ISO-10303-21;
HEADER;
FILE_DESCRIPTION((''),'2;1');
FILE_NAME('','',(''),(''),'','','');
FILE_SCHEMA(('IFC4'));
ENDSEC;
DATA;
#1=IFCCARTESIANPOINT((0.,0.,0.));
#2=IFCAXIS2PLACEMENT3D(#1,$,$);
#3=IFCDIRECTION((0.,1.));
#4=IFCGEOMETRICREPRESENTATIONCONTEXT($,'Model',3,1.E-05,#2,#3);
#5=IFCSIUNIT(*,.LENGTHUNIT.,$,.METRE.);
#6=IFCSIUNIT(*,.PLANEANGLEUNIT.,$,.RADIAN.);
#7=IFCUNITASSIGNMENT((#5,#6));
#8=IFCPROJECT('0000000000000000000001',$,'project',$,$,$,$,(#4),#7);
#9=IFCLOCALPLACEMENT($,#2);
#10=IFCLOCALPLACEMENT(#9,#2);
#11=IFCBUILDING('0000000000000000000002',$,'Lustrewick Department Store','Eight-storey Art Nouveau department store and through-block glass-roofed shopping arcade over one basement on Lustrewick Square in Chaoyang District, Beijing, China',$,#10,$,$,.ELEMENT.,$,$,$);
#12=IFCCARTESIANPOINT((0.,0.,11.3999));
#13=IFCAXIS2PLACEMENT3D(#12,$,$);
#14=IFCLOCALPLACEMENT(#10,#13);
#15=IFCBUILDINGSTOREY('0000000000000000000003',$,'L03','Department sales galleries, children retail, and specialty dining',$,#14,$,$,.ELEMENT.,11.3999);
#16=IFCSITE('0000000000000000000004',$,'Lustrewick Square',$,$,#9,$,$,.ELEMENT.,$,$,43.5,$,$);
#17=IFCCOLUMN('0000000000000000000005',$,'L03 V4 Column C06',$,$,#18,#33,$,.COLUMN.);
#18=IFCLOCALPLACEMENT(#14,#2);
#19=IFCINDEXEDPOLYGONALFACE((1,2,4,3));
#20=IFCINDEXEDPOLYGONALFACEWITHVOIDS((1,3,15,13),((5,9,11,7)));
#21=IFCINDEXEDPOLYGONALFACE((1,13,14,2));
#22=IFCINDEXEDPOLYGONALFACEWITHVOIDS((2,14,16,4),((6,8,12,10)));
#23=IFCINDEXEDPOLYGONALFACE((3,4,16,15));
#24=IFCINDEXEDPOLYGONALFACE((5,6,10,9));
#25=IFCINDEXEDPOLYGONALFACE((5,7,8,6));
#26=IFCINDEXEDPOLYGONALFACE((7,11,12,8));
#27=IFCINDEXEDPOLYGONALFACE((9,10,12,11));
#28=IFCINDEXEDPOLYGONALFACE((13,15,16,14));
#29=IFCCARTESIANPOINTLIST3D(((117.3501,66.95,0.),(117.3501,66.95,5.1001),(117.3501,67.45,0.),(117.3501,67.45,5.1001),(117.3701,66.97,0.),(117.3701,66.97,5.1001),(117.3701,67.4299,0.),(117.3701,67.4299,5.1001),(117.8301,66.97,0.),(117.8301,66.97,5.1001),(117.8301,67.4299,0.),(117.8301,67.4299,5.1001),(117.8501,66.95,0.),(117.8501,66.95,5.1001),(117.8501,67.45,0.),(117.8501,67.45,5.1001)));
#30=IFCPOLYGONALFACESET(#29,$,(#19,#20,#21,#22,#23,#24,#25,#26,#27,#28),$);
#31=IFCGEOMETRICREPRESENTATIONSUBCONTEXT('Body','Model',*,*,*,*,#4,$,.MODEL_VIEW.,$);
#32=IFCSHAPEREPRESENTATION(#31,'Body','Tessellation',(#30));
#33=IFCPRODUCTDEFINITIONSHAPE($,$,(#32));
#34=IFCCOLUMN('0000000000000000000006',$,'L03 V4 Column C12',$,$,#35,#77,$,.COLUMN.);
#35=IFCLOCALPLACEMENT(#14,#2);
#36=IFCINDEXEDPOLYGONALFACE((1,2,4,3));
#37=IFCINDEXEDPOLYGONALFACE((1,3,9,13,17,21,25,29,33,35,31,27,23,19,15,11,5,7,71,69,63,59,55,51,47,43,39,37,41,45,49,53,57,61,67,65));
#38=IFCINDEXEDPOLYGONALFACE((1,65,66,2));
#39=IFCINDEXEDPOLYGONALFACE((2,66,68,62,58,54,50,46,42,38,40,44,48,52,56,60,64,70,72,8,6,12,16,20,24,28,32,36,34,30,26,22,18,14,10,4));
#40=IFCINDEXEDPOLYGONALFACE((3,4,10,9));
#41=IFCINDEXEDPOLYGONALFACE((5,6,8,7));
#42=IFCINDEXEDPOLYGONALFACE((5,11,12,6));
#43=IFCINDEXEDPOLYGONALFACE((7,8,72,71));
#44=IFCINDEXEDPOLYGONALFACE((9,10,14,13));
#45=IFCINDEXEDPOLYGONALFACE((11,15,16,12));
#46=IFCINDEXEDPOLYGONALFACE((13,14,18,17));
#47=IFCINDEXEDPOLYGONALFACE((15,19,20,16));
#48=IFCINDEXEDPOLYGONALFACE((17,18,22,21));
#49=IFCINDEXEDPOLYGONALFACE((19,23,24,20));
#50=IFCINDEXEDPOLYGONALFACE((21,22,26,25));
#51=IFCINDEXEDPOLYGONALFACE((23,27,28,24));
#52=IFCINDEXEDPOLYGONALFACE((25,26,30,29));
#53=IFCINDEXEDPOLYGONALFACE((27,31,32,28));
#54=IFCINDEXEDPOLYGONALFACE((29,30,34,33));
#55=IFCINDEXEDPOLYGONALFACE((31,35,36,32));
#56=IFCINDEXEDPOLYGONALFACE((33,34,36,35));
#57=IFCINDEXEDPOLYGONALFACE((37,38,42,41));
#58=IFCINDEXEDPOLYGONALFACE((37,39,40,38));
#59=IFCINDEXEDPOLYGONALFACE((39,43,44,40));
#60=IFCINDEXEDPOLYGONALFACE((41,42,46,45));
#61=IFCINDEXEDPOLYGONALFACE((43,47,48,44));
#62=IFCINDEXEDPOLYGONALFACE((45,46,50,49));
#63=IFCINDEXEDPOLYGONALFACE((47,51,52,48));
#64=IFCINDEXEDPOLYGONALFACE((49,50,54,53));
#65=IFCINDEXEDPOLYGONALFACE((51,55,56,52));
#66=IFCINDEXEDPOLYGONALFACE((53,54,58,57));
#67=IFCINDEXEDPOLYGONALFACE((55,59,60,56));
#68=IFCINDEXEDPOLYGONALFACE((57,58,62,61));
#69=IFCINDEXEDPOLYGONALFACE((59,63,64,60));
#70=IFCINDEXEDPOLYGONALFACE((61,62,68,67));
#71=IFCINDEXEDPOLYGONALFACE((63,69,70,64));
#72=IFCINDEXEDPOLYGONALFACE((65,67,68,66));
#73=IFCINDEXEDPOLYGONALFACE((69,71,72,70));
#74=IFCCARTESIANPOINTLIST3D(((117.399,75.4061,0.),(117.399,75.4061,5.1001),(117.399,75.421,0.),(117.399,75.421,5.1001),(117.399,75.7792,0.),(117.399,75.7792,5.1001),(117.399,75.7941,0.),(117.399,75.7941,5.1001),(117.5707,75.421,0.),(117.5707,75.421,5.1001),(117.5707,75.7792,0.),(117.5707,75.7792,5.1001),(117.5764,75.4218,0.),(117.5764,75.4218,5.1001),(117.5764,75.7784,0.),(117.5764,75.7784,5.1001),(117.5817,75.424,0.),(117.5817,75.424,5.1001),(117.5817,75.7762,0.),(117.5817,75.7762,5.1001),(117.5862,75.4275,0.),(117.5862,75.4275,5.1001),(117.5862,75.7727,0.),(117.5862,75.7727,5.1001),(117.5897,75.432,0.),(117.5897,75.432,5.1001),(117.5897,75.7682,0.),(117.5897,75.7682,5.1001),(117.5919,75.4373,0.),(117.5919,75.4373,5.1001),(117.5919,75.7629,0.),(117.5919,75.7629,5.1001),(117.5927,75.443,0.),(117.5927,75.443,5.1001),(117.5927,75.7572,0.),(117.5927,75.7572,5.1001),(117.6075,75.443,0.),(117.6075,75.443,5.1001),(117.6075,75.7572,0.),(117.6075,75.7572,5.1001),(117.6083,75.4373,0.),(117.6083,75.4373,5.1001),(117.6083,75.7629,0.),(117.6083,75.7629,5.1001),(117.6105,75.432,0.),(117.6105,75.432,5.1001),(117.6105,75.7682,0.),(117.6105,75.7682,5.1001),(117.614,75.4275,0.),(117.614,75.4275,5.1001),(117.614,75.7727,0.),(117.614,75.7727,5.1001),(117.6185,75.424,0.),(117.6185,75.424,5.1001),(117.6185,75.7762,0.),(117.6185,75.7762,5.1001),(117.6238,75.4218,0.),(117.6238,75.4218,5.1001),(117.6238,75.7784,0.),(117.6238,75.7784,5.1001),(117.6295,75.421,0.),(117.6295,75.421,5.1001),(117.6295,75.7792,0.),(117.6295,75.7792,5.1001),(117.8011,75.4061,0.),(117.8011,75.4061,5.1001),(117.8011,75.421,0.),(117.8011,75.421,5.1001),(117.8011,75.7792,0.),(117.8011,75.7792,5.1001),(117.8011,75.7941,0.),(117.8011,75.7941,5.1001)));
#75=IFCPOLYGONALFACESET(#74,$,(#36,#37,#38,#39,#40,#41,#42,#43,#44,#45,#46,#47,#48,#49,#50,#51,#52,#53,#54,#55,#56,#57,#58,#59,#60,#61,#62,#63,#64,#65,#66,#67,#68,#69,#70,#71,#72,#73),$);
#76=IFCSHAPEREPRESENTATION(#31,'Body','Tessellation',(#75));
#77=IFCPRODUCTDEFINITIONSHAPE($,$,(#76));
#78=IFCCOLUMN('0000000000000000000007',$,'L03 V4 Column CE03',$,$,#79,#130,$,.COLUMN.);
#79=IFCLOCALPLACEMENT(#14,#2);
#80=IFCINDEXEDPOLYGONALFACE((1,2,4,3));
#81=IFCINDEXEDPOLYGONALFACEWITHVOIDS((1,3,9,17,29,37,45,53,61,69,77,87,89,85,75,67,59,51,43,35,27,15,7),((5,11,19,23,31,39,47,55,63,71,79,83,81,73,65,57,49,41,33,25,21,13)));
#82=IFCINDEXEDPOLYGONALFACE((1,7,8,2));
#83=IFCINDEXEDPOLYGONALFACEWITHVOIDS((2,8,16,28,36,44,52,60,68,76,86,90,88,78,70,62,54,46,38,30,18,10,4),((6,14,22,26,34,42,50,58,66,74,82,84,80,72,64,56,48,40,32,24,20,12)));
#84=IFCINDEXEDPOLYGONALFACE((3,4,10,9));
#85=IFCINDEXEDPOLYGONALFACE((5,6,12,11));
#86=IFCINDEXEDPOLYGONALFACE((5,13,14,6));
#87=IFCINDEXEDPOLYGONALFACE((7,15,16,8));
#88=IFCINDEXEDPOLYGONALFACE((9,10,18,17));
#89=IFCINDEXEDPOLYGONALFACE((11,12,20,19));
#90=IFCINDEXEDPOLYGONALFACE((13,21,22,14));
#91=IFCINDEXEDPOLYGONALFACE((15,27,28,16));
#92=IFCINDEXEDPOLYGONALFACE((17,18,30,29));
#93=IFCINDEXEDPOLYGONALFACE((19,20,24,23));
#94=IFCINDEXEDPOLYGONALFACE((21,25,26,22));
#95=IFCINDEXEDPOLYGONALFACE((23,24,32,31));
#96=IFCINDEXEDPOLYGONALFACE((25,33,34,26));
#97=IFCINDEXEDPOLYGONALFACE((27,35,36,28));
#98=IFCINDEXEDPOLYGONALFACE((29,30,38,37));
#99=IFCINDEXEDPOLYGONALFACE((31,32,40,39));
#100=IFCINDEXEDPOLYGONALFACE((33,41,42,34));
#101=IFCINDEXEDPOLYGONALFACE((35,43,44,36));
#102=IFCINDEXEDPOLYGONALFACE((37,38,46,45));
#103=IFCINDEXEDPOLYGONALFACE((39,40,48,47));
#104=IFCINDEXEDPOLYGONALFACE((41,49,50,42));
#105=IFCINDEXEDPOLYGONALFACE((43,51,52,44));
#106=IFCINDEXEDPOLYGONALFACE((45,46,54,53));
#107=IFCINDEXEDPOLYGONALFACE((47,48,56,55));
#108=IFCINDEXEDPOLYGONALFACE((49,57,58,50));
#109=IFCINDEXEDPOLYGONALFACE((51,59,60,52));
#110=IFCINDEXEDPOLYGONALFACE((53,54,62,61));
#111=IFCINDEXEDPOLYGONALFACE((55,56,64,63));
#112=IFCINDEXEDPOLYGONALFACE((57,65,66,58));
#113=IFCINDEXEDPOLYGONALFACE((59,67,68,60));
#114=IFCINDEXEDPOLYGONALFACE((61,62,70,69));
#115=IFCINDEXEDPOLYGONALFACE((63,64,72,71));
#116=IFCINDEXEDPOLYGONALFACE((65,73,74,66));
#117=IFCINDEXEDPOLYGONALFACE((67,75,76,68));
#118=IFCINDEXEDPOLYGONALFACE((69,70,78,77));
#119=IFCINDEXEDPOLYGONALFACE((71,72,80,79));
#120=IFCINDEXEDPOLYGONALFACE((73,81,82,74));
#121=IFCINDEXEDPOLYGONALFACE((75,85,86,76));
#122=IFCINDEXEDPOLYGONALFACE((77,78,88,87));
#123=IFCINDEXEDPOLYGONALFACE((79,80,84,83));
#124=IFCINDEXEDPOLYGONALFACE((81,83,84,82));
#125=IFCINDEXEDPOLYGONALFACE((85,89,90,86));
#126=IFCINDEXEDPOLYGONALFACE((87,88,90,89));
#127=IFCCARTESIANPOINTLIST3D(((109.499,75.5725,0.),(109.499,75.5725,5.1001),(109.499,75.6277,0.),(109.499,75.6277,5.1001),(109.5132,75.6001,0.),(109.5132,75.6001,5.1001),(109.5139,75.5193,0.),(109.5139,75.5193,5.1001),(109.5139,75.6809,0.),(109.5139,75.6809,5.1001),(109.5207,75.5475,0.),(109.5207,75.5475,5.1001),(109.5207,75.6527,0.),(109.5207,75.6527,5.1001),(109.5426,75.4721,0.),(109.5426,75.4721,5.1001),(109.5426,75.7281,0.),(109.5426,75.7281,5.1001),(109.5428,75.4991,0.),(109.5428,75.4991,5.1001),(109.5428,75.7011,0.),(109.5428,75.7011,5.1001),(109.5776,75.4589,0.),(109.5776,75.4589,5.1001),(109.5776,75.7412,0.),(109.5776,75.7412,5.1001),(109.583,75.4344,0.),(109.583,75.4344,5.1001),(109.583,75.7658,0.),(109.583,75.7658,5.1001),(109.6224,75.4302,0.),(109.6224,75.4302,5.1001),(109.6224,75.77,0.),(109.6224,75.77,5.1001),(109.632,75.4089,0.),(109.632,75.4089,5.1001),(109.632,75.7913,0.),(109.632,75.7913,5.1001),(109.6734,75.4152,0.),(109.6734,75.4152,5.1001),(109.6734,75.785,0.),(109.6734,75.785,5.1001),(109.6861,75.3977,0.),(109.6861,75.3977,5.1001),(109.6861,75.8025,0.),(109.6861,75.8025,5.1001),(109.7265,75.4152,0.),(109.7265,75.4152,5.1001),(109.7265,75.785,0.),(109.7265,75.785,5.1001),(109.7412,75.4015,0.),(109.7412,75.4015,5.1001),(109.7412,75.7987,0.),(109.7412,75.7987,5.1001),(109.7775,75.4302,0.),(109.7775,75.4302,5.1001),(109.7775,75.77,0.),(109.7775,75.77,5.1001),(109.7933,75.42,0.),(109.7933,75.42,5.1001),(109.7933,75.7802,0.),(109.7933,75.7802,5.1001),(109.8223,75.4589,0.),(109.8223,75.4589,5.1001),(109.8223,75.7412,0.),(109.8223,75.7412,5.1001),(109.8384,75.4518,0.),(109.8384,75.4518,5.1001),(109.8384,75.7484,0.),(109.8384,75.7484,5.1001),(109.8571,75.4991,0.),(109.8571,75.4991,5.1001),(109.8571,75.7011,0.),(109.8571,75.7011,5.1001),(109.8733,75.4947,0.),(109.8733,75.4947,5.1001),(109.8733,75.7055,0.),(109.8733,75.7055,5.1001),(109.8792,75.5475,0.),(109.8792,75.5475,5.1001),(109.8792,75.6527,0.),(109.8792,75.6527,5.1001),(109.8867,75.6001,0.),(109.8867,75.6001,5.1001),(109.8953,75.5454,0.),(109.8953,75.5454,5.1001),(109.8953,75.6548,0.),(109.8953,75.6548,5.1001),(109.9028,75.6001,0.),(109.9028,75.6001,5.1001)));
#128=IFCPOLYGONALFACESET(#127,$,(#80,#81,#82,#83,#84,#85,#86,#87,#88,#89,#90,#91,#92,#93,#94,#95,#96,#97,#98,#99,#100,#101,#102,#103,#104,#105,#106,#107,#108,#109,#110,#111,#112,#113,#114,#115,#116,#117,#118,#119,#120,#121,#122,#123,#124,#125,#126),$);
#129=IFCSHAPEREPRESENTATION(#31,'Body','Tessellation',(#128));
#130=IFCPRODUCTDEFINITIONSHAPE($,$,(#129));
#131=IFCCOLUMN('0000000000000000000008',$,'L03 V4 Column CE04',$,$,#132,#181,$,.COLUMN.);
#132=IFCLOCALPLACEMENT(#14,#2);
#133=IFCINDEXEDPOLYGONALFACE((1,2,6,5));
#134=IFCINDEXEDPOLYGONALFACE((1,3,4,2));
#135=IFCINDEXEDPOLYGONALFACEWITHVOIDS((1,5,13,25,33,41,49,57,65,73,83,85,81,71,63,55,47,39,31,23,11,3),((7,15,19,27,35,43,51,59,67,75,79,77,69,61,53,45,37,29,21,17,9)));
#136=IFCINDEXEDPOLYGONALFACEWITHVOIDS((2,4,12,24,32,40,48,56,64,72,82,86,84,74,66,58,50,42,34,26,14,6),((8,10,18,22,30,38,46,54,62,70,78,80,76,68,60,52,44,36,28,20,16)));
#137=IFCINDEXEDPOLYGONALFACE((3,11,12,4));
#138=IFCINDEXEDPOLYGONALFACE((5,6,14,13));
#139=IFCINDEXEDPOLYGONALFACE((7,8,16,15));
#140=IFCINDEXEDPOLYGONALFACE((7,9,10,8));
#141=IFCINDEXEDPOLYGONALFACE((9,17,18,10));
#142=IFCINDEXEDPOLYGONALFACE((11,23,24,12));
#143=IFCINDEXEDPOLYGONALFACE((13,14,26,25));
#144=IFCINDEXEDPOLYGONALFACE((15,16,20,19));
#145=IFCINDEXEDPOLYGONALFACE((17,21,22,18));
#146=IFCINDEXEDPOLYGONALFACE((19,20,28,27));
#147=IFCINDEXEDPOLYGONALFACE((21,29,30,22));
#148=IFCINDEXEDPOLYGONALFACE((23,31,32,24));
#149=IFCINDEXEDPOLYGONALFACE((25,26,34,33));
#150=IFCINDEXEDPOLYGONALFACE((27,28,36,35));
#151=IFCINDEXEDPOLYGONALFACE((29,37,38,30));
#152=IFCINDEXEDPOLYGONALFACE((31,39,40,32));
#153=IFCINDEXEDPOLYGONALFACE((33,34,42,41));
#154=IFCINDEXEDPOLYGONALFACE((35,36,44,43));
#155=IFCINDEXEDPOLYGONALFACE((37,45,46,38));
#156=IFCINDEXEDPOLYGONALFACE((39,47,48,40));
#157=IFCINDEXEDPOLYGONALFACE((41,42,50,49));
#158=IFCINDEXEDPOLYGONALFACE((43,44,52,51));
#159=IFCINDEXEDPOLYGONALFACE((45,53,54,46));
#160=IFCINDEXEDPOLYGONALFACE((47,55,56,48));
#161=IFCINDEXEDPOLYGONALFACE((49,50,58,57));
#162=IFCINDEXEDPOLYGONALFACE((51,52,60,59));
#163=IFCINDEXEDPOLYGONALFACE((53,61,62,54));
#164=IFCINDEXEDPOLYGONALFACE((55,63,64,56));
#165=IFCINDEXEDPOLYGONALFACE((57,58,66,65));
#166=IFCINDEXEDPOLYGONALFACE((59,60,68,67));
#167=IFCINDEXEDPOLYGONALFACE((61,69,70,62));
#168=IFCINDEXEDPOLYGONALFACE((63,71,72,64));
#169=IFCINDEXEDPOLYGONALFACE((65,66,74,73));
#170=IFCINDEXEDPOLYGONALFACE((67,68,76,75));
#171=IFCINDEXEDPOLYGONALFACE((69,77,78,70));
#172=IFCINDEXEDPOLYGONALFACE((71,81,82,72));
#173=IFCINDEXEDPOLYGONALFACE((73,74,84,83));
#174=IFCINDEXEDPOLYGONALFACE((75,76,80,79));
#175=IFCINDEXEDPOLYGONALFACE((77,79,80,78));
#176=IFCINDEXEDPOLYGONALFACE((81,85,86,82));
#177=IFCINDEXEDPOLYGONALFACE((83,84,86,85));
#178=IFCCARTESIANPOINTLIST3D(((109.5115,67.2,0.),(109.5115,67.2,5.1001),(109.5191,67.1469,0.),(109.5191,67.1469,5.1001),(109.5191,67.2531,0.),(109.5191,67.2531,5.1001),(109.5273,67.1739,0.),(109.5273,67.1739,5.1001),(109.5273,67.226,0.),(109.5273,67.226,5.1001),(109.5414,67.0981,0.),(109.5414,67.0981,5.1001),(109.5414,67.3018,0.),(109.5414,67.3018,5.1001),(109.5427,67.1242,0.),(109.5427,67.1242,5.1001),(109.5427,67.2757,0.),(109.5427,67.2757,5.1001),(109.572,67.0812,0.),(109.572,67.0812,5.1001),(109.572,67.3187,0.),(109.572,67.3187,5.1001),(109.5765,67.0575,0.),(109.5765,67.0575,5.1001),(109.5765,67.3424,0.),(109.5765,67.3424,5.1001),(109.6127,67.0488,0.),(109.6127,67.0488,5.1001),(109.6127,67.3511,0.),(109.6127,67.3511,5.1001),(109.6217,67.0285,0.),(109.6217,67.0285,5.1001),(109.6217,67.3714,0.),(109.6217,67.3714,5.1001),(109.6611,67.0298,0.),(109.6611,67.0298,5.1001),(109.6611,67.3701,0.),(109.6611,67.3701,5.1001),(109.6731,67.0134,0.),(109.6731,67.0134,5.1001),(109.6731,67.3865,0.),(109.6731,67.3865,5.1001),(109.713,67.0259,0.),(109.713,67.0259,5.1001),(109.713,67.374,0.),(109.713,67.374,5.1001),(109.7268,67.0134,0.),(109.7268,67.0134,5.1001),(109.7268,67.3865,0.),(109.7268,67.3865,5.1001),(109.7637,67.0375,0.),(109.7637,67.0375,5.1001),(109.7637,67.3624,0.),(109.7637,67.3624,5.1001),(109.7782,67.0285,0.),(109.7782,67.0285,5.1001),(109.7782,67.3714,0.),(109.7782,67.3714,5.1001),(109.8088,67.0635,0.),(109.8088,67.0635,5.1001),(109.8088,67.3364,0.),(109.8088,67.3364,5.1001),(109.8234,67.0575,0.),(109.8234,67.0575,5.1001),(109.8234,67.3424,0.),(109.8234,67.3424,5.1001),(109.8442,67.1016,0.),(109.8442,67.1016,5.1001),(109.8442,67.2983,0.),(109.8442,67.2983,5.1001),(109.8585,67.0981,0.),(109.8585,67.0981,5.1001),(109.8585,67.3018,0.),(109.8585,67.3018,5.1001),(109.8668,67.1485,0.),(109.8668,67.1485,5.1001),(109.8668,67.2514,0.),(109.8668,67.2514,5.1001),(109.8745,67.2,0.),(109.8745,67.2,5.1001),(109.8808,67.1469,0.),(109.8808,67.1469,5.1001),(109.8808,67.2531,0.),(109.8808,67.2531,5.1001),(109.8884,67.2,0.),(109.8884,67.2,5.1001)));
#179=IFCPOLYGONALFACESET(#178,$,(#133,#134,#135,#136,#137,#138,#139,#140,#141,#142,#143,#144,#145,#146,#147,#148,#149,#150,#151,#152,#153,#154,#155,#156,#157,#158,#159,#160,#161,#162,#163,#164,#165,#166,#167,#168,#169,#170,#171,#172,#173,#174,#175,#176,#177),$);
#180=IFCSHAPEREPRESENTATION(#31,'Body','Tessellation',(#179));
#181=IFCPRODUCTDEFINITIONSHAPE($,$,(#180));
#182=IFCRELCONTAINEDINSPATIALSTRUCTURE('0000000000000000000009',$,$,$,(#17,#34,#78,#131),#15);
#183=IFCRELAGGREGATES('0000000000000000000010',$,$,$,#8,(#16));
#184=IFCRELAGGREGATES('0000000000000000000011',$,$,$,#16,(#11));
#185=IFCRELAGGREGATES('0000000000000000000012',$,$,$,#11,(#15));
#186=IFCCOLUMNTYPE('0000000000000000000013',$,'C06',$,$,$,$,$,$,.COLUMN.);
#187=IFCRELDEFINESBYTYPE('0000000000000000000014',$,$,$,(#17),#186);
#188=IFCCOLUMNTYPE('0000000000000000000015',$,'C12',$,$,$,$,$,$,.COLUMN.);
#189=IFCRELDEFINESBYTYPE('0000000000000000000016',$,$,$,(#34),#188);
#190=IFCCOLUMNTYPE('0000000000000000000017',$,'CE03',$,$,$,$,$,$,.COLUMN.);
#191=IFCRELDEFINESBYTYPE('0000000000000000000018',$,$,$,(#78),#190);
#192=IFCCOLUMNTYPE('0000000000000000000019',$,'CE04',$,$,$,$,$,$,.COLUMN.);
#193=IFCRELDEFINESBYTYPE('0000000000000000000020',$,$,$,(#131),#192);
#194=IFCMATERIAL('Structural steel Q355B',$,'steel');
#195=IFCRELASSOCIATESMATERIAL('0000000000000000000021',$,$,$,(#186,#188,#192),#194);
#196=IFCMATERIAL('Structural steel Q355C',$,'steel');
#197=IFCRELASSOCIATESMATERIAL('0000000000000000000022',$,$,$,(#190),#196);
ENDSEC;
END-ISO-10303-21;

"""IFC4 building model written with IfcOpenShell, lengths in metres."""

from ifc_helpers import new_model, si_unit, direction, frame, origin, origin_2d, place, context, subcontext, project, spatial, hollow_rectangle, hollow_circle, i_section, extrude, material, material_profile, profile_set, type_object, element, save


model = new_model("IFC4")

# Units and contexts
model_context = context("Model", 3, precision=1e-05, world=origin(), true_north=direction((0.0, 1.0)))
body_context = subcontext(model_context, "Body", "Model", "MODEL_VIEW")
ifc_project = project(units=[si_unit("LENGTHUNIT", "METRE"), si_unit("PLANEANGLEUNIT", "RADIAN")], contexts=[model_context])

# Site, building, storey
site_placement = place(None, origin())
site = spatial("IfcSite", under=ifc_project, at=site_placement, Name="Lustrewick Square", CompositionType="ELEMENT", RefElevation=43.5)
building_placement = place(site_placement, origin())
building = spatial("IfcBuilding", under=site, at=building_placement, Name="Lustrewick Department Store", Description="Eight-storey Art Nouveau department store and through-block glass-roofed shopping arcade over one basement on Lustrewick Square in Chaoyang District, Beijing, China", CompositionType="ELEMENT")
storey_placement = place(building_placement, frame((0.0, 0.0, 11.3999)))
storey = spatial("IfcBuildingStorey", under=building, at=storey_placement, Name="L03", Description="Department sales galleries, children retail, and specialty dining", CompositionType="ELEMENT", Elevation=11.3999)

# Columns
ifc_material_1 = material(Name="Structural steel Q355B", Category="steel")
ifc_material_profile_1 = material_profile(ifc_material_1, hollow_rectangle(XDim=0.5, YDim=0.5, WallThickness=0.02, at=origin_2d()), Name="BOX 500x500x20")
ifc_profile_set_1 = profile_set([ifc_material_profile_1], Name="Structural steel Q355B")
column_type_1 = type_object("IfcColumnType", Name="C06", PredefinedType="COLUMN", material=ifc_profile_set_1)
column_1_placement = place(storey_placement, frame((117.6001, 67.2, 0.0), z_axis=(0.0, 0.0, 1.0), x_axis=(1.0, 0.0, 0.0)))
element("IfcColumn", 1, at=column_1_placement, inside=storey, type_object=column_type_1, Name="L03 V4 Column C06", PredefinedType="COLUMN", context=body_context, shape_type="SweptSolid", body=[
    extrude(hollow_rectangle(XDim=0.5, YDim=0.5, WallThickness=0.02, at=origin_2d()), origin(), (0.0, 0.0, 1.0), 5.1001),
])
ifc_material_profile_2 = material_profile(ifc_material_1, i_section(OverallWidth=0.4021, OverallDepth=0.3879, WebThickness=0.0149, FlangeThickness=0.0149, FilletRadius=0.022, at=origin_2d()), Name="HW 388x402x15x15")
ifc_profile_set_2 = profile_set([ifc_material_profile_2], Name="Structural steel Q355B")
column_type_2 = type_object("IfcColumnType", Name="C12", PredefinedType="COLUMN", material=ifc_profile_set_2)
column_2_placement = place(storey_placement, frame((117.6001, 75.6001, 0.0), z_axis=(0.0, 0.0, 1.0), x_axis=(1.0, 0.0, 0.0)))
element("IfcColumn", 2, at=column_2_placement, inside=storey, type_object=column_type_2, Name="L03 V4 Column C12", PredefinedType="COLUMN", context=body_context, shape_type="SweptSolid", body=[
    extrude(i_section(OverallWidth=0.4021, OverallDepth=0.3879, WebThickness=0.0149, FlangeThickness=0.0149, FilletRadius=0.022, at=origin_2d()), origin(), (0.0, 0.0, 1.0), 5.1001),
])
ifc_material_2 = material(Name="Structural steel Q355C", Category="steel")
ifc_material_profile_3 = material_profile(ifc_material_2, hollow_circle(Radius=0.2029, WallThickness=0.0161, at=origin_2d()), Name="CHS 406x16")
ifc_profile_set_3 = profile_set([ifc_material_profile_3], Name="Structural steel Q355C")
column_type_3 = type_object("IfcColumnType", Name="CE03", PredefinedType="COLUMN", material=ifc_profile_set_3)
column_3_placement = place(storey_placement, frame((109.7, 75.6001, 0.0), z_axis=(0.0, 0.0, 1.0), x_axis=(1.0, 0.0, 0.0)))
element("IfcColumn", 3, at=column_3_placement, inside=storey, type_object=column_type_3, Name="L03 V4 Column CE03", PredefinedType="COLUMN", context=body_context, shape_type="SweptSolid", body=[
    extrude(hollow_circle(Radius=0.2029, WallThickness=0.0161, at=origin_2d()), origin(), (0.0, 0.0, 1.0), 5.1001),
])
ifc_material_profile_4 = material_profile(ifc_material_1, hollow_circle(Radius=0.1885, WallThickness=0.0139, at=origin_2d()), Name="CHS 377x14")
ifc_profile_set_4 = profile_set([ifc_material_profile_4], Name="Structural steel Q355B")
column_type_4 = type_object("IfcColumnType", Name="CE04", PredefinedType="COLUMN", material=ifc_profile_set_4)
column_4_placement = place(storey_placement, frame((109.7, 67.2, 0.0), z_axis=(0.0, 0.0, 1.0), x_axis=(1.0, 0.0, 0.0)))
element("IfcColumn", 4, at=column_4_placement, inside=storey, type_object=column_type_4, Name="L03 V4 Column CE04", PredefinedType="COLUMN", context=body_context, shape_type="SweptSolid", body=[
    extrude(hollow_circle(Radius=0.1885, WallThickness=0.0139, at=origin_2d()), origin(), (0.0, 0.0, 1.0), 5.1001),
])

save(model, "model.ifc")
